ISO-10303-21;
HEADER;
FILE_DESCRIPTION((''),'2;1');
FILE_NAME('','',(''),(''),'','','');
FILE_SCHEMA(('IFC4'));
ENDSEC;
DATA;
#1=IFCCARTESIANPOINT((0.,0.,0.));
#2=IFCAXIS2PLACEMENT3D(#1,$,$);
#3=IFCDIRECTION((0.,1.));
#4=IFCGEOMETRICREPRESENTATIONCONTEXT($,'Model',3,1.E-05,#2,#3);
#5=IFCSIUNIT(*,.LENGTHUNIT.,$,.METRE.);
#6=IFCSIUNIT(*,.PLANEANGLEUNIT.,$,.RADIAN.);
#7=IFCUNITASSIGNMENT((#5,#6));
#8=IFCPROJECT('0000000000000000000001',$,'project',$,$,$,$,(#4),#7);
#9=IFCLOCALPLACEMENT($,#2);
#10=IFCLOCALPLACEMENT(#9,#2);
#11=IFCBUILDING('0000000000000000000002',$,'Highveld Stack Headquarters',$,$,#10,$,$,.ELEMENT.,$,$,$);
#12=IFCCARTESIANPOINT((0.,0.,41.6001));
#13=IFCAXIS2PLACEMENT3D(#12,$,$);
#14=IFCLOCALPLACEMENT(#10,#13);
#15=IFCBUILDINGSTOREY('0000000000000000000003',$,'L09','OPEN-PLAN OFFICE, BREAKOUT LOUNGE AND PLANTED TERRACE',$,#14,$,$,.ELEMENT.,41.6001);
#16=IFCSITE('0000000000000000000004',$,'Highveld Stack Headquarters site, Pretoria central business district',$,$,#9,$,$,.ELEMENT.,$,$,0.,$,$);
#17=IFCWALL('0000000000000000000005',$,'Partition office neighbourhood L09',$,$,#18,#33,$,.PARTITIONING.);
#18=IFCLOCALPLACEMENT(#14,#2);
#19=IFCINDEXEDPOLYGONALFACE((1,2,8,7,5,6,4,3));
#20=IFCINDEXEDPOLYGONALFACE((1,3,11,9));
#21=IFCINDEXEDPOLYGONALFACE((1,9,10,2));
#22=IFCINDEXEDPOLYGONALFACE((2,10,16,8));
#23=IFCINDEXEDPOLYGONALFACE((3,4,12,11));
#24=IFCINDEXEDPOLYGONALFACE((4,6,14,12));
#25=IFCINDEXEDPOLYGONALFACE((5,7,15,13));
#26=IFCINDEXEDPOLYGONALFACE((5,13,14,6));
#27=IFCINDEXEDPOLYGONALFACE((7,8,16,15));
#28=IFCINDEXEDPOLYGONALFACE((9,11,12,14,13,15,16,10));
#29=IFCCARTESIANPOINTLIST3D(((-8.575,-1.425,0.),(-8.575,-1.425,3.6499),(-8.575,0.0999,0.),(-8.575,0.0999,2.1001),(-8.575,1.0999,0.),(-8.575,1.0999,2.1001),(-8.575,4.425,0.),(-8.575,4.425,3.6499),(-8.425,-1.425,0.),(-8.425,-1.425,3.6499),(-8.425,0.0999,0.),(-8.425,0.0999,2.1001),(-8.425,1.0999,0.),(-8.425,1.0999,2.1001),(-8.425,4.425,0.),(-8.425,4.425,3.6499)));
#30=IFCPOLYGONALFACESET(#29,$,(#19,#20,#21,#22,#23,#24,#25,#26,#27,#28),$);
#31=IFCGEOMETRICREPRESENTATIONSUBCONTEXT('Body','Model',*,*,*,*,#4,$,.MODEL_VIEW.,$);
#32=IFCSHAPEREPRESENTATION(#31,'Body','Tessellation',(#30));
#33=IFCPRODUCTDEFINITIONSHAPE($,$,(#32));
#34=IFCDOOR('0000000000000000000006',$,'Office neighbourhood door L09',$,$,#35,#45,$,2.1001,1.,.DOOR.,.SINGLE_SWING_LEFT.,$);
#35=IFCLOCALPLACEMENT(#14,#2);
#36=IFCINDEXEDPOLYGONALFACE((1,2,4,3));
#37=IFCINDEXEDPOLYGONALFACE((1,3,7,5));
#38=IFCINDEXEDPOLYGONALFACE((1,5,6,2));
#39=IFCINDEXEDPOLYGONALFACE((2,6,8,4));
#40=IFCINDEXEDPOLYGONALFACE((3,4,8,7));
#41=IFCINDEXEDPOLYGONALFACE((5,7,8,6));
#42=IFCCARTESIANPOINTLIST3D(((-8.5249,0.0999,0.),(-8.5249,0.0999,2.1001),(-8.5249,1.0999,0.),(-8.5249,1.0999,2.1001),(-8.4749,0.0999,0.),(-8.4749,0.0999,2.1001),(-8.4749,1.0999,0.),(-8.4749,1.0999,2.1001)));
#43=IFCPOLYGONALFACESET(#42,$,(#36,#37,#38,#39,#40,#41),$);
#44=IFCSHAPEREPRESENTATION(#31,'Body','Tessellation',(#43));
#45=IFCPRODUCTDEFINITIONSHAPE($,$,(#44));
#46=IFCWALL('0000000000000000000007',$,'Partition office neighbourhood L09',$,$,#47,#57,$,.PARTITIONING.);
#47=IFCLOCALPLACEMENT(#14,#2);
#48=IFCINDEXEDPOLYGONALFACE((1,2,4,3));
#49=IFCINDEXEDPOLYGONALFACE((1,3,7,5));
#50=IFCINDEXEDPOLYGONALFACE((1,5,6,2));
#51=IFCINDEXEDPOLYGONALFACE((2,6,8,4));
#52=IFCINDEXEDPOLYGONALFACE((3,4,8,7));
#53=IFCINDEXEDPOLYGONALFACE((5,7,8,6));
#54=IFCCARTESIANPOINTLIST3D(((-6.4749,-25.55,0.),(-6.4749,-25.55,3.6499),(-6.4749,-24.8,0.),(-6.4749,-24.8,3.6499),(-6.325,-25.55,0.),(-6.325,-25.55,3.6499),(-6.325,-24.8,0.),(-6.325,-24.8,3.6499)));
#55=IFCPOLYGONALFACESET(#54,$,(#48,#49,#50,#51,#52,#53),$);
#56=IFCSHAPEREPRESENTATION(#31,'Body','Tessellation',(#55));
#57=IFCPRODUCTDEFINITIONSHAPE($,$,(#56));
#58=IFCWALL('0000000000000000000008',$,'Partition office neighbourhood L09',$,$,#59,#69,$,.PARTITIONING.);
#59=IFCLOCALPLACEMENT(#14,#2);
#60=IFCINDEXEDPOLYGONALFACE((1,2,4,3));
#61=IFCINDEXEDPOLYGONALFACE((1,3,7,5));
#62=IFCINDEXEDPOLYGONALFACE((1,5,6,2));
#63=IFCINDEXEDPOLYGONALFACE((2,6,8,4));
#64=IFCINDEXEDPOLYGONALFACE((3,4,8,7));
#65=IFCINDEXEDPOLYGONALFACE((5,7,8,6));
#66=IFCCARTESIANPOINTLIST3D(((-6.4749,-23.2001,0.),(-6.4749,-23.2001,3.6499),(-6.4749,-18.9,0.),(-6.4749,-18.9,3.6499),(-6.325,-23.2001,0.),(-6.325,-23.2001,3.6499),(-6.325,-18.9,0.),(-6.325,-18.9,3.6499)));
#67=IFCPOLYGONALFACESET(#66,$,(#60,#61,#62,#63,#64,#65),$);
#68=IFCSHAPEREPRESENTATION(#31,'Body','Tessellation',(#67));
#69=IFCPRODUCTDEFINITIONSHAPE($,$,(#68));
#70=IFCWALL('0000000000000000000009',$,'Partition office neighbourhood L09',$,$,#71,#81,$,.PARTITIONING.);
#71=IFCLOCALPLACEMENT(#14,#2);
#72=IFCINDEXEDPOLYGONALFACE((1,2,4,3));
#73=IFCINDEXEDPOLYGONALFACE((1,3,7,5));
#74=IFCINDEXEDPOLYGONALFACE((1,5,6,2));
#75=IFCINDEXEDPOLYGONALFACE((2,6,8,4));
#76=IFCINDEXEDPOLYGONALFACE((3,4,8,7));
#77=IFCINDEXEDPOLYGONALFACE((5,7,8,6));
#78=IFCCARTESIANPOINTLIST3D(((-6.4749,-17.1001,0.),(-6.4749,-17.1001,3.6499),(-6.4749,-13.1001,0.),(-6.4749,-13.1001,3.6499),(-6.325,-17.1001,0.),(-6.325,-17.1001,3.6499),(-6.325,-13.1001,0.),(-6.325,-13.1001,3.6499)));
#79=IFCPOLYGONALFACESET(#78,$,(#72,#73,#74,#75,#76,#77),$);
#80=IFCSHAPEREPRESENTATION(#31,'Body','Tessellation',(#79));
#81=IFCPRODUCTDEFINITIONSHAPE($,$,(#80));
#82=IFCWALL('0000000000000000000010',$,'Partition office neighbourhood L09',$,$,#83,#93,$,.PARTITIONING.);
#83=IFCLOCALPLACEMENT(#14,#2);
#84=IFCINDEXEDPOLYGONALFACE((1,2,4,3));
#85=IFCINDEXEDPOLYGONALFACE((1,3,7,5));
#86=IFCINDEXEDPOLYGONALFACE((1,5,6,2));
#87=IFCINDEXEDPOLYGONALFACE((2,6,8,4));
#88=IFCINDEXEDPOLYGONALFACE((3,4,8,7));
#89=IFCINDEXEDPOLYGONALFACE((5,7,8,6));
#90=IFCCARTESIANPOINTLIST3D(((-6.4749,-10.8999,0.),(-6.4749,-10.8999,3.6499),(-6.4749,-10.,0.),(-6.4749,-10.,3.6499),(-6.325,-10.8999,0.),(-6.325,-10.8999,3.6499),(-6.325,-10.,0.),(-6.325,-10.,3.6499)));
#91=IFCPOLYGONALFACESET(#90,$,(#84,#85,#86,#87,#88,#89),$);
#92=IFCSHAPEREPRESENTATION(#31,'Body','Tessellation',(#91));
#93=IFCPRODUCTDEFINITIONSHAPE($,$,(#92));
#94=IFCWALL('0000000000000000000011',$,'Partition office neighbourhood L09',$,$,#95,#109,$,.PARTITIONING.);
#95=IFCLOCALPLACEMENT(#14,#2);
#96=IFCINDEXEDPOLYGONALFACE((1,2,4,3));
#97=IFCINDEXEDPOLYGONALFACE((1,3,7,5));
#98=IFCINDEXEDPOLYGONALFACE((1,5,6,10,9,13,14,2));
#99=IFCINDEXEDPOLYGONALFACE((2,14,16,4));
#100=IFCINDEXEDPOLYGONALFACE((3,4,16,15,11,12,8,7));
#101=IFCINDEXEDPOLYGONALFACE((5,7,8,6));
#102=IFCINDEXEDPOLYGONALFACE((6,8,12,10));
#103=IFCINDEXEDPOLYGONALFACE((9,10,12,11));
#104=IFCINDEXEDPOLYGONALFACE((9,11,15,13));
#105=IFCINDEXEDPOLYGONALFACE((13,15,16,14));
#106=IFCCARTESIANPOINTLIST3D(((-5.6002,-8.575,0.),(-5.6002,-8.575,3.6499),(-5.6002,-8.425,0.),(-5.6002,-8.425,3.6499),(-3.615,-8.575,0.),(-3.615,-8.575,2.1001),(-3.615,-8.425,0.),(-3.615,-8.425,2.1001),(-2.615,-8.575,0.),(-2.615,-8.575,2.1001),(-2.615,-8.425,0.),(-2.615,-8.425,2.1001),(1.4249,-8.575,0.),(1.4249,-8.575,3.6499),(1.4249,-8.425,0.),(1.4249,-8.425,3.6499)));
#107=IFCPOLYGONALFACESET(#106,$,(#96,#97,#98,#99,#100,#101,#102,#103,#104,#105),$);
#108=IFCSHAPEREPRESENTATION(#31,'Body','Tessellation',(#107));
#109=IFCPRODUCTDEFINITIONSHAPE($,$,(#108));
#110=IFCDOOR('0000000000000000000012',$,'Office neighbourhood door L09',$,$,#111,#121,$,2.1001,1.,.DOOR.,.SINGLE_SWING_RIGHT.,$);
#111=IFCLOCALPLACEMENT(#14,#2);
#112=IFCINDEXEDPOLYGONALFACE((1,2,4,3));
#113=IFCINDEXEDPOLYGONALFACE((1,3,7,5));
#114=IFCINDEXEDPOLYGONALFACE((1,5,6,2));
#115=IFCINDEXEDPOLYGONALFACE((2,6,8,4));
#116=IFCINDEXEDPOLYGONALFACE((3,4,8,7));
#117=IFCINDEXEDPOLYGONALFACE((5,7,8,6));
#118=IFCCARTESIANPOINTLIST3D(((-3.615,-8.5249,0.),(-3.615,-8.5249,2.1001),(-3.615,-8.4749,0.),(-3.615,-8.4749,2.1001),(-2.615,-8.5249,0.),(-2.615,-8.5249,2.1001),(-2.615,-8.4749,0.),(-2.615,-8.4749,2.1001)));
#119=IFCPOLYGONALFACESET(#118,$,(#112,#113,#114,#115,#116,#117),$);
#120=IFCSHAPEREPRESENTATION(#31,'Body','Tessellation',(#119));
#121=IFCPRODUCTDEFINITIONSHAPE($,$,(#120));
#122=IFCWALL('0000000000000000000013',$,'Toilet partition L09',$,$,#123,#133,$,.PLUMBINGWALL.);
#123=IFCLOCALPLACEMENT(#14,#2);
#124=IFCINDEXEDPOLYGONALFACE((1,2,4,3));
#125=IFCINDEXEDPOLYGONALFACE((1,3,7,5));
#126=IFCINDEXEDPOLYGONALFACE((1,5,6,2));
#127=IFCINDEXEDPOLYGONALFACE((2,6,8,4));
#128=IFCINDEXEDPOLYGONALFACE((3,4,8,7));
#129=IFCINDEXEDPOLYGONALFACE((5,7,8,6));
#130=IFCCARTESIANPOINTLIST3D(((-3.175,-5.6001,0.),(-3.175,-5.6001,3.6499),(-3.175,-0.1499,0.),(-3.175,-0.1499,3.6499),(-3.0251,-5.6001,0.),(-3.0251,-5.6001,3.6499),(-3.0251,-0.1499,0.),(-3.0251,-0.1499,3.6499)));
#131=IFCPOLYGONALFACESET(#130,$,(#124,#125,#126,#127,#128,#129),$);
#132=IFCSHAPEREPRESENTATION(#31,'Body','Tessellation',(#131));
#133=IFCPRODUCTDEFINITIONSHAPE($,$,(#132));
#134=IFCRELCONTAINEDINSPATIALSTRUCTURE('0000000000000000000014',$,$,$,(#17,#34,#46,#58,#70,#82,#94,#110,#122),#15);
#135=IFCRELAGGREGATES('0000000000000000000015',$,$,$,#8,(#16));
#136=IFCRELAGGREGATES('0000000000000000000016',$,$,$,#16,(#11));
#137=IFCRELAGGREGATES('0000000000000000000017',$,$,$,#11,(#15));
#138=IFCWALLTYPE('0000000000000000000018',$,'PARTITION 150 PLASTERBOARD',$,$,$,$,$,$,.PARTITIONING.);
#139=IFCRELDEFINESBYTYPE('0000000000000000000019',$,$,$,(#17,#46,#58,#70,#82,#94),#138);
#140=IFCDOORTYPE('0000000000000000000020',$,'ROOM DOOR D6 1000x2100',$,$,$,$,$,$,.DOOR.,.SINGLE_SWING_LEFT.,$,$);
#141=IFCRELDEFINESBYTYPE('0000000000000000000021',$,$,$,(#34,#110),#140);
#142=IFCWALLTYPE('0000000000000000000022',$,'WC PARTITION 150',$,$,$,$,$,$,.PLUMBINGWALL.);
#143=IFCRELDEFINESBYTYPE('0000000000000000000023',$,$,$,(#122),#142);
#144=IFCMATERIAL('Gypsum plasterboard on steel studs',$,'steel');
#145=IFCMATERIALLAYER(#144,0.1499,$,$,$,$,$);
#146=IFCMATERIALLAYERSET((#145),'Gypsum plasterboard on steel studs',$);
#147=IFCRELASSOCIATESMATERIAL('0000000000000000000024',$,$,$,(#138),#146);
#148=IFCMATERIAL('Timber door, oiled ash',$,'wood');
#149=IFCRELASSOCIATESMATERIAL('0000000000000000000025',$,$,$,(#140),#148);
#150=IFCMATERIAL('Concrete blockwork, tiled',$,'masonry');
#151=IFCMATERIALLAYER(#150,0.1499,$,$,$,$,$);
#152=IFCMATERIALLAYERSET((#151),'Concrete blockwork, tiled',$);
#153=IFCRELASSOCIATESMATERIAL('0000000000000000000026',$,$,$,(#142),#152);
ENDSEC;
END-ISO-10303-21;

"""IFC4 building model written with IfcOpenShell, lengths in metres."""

from ifc_helpers import new_model, si_unit, direction, frame, frame_2d, origin, place, context, subcontext, project, spatial, rectangle, extrude, material, layer, layer_set, type_object, element, fill, save


model = new_model("IFC4")

# Units and contexts
model_context = context("Model", 3, precision=1e-05, world=origin(), true_north=direction((0.0, 1.0)))
body_context = subcontext(model_context, "Body", "Model", "MODEL_VIEW")
ifc_project = project(units=[si_unit("LENGTHUNIT", "METRE"), si_unit("PLANEANGLEUNIT", "RADIAN")], contexts=[model_context])

# Site, building, storey
site_placement = place(None, origin())
site = spatial("IfcSite", under=ifc_project, at=site_placement, Name="Highveld Stack Headquarters site, Pretoria central business district", CompositionType="ELEMENT", RefElevation=0.0)
building_placement = place(site_placement, origin())
building = spatial("IfcBuilding", under=site, at=building_placement, Name="Highveld Stack Headquarters", CompositionType="ELEMENT")
storey_placement = place(building_placement, frame((0.0, 0.0, 41.6001)))
storey = spatial("IfcBuildingStorey", under=building, at=storey_placement, Name="L09", Description="OPEN-PLAN OFFICE, BREAKOUT LOUNGE AND PLANTED TERRACE", CompositionType="ELEMENT", Elevation=41.6001)

# Shared definitions
ifc_material_1 = material(Name="Gypsum plasterboard on steel studs", Category="steel")
ifc_layer_1 = layer(ifc_material_1, 0.1499)
ifc_layer_set_1 = layer_set([ifc_layer_1], Name="Gypsum plasterboard on steel studs")
wall_type_1 = type_object("IfcWallType", Name="PARTITION 150 PLASTERBOARD", PredefinedType="PARTITIONING", material=ifc_layer_set_1)
ifc_material_2 = material(Name="Timber door, oiled ash", Category="wood")
door_type_1 = type_object("IfcDoorType", Name="ROOM DOOR D6 1000x2100", OperationType="SINGLE_SWING_LEFT", PredefinedType="DOOR", material=ifc_material_2)

# Wall, opening, door
wall_1_placement = place(storey_placement, frame((-8.5, -1.425, 0.0), z_axis=(0.0, 0.0, 1.0), x_axis=(0.0, 1.0, 0.0)))
wall_1 = element("IfcWall", 1, at=wall_1_placement, inside=storey, type_object=wall_type_1, Name="Partition office neighbourhood L09", PredefinedType="PARTITIONING", context=body_context, shape_type="SweptSolid", body=[
    extrude(rectangle(XDim=5.8501, YDim=0.1499, at=frame_2d((2.925, 0.0))), origin(), (0.0, 0.0, 1.0), 3.6499),
])
opening_1_placement = place(wall_1_placement, frame((1.5249, 0.0, 0.0)))
opening_1 = element("IfcOpeningElement", 2, at=opening_1_placement, cuts=wall_1, PredefinedType="OPENING", context=body_context, shape_type="SweptSolid", body=[
    extrude(rectangle(XDim=1.0, YDim=2.1001, at=frame_2d((0.5, 1.05))), frame((0.0, 0.085, 0.0), z_axis=(0.0, -1.0, 0.0), x_axis=(1.0, 0.0, 0.0)), (0.0, 0.0, 1.0), 0.1699),
])
door_1_placement = place(opening_1_placement, origin())
door_1 = element("IfcDoor", 3, at=door_1_placement, inside=storey, type_object=door_type_1, Name="Office neighbourhood door L09", OperationType="SINGLE_SWING_LEFT", OverallHeight=2.1001, OverallWidth=1.0, PredefinedType="DOOR", context=body_context, shape_type="SweptSolid", body=[
    extrude(rectangle(XDim=1.0, YDim=2.1001, at=frame_2d((0.5, 1.05))), frame((0.0, 0.0249, 0.0), z_axis=(0.0, -1.0, 0.0), x_axis=(1.0, 0.0, 0.0)), (0.0, 0.0, 1.0), 0.05),
])
fill(opening_1, door_1)

# Walls
wall_2_placement = place(storey_placement, frame((-6.3999, -25.55, 0.0), z_axis=(0.0, 0.0, 1.0), x_axis=(0.0, 1.0, 0.0)))
element("IfcWall", 4, at=wall_2_placement, inside=storey, type_object=wall_type_1, Name="Partition office neighbourhood L09", PredefinedType="PARTITIONING", context=body_context, shape_type="SweptSolid", body=[
    extrude(rectangle(XDim=0.75, YDim=0.1499, at=frame_2d((0.375, 0.0))), origin(), (0.0, 0.0, 1.0), 3.6499),
])
wall_3_placement = place(storey_placement, frame((-6.3999, -23.2, 0.0), z_axis=(0.0, 0.0, 1.0), x_axis=(0.0, 1.0, 0.0)))
element("IfcWall", 5, at=wall_3_placement, inside=storey, type_object=wall_type_1, Name="Partition office neighbourhood L09", PredefinedType="PARTITIONING", context=body_context, shape_type="SweptSolid", body=[
    extrude(rectangle(XDim=4.3, YDim=0.1499, at=frame_2d((2.1499, 0.0))), origin(), (0.0, 0.0, 1.0), 3.6499),
])
wall_4_placement = place(storey_placement, frame((-6.3999, -17.1001, 0.0), z_axis=(0.0, 0.0, 1.0), x_axis=(0.0, 1.0, 0.0)))
element("IfcWall", 6, at=wall_4_placement, inside=storey, type_object=wall_type_1, Name="Partition office neighbourhood L09", PredefinedType="PARTITIONING", context=body_context, shape_type="SweptSolid", body=[
    extrude(rectangle(XDim=4.0, YDim=0.1499, at=frame_2d((2.0, 0.0))), origin(), (0.0, 0.0, 1.0), 3.6499),
])
wall_5_placement = place(storey_placement, frame((-6.3999, -10.8999, 0.0), z_axis=(0.0, 0.0, 1.0), x_axis=(0.0, 1.0, 0.0)))
element("IfcWall", 7, at=wall_5_placement, inside=storey, type_object=wall_type_1, Name="Partition office neighbourhood L09", PredefinedType="PARTITIONING", context=body_context, shape_type="SweptSolid", body=[
    extrude(rectangle(XDim=0.8999, YDim=0.1499, at=frame_2d((0.45, 0.0))), origin(), (0.0, 0.0, 1.0), 3.6499),
])

# Wall, opening, door
wall_6_placement = place(storey_placement, frame((1.425, -8.5, 0.0), z_axis=(0.0, 0.0, 1.0), x_axis=(-1.0, 0.0, 0.0)))
wall_6 = element("IfcWall", 8, at=wall_6_placement, inside=storey, type_object=wall_type_1, Name="Partition office neighbourhood L09", PredefinedType="PARTITIONING", context=body_context, shape_type="SweptSolid", body=[
    extrude(rectangle(XDim=7.0251, YDim=0.1499, at=frame_2d((3.5127, 0.0))), origin(), (0.0, 0.0, 1.0), 3.6499),
])
opening_2_placement = place(wall_6_placement, frame((4.04, 0.0, 0.0)))
opening_2 = element("IfcOpeningElement", 9, at=opening_2_placement, cuts=wall_6, PredefinedType="OPENING", context=body_context, shape_type="SweptSolid", body=[
    extrude(rectangle(XDim=1.0, YDim=2.1001, at=frame_2d((0.5, 1.05))), frame((0.0, 0.085, 0.0), z_axis=(0.0, -1.0, 0.0), x_axis=(1.0, 0.0, 0.0)), (0.0, 0.0, 1.0), 0.1699),
])
door_2_placement = place(opening_2_placement, origin())
door_2 = element("IfcDoor", 10, at=door_2_placement, inside=storey, type_object=door_type_1, Name="Office neighbourhood door L09", OperationType="SINGLE_SWING_RIGHT", OverallHeight=2.1001, OverallWidth=1.0, PredefinedType="DOOR", context=body_context, shape_type="SweptSolid", body=[
    extrude(rectangle(XDim=1.0, YDim=2.1001, at=frame_2d((0.5, 1.05))), frame((0.0, 0.0249, 0.0), z_axis=(0.0, -1.0, 0.0), x_axis=(1.0, 0.0, 0.0)), (0.0, 0.0, 1.0), 0.05),
])
fill(opening_2, door_2)

# Wall
ifc_material_3 = material(Name="Concrete blockwork, tiled", Category="masonry")
ifc_layer_2 = layer(ifc_material_3, 0.1499)
ifc_layer_set_2 = layer_set([ifc_layer_2], Name="Concrete blockwork, tiled")
wall_type_2 = type_object("IfcWallType", Name="WC PARTITION 150", PredefinedType="PLUMBINGWALL", material=ifc_layer_set_2)
wall_7_placement = place(storey_placement, frame((-3.1001, -5.6001, 0.0), z_axis=(0.0, 0.0, 1.0), x_axis=(0.0, 1.0, 0.0)))
element("IfcWall", 11, at=wall_7_placement, inside=storey, type_object=wall_type_2, Name="Toilet partition L09", PredefinedType="PLUMBINGWALL", context=body_context, shape_type="SweptSolid", body=[
    extrude(rectangle(XDim=5.4502, YDim=0.1499, at=frame_2d((2.7251, 0.0))), origin(), (0.0, 0.0, 1.0), 3.6499),
])

save(model, "model.ifc")
